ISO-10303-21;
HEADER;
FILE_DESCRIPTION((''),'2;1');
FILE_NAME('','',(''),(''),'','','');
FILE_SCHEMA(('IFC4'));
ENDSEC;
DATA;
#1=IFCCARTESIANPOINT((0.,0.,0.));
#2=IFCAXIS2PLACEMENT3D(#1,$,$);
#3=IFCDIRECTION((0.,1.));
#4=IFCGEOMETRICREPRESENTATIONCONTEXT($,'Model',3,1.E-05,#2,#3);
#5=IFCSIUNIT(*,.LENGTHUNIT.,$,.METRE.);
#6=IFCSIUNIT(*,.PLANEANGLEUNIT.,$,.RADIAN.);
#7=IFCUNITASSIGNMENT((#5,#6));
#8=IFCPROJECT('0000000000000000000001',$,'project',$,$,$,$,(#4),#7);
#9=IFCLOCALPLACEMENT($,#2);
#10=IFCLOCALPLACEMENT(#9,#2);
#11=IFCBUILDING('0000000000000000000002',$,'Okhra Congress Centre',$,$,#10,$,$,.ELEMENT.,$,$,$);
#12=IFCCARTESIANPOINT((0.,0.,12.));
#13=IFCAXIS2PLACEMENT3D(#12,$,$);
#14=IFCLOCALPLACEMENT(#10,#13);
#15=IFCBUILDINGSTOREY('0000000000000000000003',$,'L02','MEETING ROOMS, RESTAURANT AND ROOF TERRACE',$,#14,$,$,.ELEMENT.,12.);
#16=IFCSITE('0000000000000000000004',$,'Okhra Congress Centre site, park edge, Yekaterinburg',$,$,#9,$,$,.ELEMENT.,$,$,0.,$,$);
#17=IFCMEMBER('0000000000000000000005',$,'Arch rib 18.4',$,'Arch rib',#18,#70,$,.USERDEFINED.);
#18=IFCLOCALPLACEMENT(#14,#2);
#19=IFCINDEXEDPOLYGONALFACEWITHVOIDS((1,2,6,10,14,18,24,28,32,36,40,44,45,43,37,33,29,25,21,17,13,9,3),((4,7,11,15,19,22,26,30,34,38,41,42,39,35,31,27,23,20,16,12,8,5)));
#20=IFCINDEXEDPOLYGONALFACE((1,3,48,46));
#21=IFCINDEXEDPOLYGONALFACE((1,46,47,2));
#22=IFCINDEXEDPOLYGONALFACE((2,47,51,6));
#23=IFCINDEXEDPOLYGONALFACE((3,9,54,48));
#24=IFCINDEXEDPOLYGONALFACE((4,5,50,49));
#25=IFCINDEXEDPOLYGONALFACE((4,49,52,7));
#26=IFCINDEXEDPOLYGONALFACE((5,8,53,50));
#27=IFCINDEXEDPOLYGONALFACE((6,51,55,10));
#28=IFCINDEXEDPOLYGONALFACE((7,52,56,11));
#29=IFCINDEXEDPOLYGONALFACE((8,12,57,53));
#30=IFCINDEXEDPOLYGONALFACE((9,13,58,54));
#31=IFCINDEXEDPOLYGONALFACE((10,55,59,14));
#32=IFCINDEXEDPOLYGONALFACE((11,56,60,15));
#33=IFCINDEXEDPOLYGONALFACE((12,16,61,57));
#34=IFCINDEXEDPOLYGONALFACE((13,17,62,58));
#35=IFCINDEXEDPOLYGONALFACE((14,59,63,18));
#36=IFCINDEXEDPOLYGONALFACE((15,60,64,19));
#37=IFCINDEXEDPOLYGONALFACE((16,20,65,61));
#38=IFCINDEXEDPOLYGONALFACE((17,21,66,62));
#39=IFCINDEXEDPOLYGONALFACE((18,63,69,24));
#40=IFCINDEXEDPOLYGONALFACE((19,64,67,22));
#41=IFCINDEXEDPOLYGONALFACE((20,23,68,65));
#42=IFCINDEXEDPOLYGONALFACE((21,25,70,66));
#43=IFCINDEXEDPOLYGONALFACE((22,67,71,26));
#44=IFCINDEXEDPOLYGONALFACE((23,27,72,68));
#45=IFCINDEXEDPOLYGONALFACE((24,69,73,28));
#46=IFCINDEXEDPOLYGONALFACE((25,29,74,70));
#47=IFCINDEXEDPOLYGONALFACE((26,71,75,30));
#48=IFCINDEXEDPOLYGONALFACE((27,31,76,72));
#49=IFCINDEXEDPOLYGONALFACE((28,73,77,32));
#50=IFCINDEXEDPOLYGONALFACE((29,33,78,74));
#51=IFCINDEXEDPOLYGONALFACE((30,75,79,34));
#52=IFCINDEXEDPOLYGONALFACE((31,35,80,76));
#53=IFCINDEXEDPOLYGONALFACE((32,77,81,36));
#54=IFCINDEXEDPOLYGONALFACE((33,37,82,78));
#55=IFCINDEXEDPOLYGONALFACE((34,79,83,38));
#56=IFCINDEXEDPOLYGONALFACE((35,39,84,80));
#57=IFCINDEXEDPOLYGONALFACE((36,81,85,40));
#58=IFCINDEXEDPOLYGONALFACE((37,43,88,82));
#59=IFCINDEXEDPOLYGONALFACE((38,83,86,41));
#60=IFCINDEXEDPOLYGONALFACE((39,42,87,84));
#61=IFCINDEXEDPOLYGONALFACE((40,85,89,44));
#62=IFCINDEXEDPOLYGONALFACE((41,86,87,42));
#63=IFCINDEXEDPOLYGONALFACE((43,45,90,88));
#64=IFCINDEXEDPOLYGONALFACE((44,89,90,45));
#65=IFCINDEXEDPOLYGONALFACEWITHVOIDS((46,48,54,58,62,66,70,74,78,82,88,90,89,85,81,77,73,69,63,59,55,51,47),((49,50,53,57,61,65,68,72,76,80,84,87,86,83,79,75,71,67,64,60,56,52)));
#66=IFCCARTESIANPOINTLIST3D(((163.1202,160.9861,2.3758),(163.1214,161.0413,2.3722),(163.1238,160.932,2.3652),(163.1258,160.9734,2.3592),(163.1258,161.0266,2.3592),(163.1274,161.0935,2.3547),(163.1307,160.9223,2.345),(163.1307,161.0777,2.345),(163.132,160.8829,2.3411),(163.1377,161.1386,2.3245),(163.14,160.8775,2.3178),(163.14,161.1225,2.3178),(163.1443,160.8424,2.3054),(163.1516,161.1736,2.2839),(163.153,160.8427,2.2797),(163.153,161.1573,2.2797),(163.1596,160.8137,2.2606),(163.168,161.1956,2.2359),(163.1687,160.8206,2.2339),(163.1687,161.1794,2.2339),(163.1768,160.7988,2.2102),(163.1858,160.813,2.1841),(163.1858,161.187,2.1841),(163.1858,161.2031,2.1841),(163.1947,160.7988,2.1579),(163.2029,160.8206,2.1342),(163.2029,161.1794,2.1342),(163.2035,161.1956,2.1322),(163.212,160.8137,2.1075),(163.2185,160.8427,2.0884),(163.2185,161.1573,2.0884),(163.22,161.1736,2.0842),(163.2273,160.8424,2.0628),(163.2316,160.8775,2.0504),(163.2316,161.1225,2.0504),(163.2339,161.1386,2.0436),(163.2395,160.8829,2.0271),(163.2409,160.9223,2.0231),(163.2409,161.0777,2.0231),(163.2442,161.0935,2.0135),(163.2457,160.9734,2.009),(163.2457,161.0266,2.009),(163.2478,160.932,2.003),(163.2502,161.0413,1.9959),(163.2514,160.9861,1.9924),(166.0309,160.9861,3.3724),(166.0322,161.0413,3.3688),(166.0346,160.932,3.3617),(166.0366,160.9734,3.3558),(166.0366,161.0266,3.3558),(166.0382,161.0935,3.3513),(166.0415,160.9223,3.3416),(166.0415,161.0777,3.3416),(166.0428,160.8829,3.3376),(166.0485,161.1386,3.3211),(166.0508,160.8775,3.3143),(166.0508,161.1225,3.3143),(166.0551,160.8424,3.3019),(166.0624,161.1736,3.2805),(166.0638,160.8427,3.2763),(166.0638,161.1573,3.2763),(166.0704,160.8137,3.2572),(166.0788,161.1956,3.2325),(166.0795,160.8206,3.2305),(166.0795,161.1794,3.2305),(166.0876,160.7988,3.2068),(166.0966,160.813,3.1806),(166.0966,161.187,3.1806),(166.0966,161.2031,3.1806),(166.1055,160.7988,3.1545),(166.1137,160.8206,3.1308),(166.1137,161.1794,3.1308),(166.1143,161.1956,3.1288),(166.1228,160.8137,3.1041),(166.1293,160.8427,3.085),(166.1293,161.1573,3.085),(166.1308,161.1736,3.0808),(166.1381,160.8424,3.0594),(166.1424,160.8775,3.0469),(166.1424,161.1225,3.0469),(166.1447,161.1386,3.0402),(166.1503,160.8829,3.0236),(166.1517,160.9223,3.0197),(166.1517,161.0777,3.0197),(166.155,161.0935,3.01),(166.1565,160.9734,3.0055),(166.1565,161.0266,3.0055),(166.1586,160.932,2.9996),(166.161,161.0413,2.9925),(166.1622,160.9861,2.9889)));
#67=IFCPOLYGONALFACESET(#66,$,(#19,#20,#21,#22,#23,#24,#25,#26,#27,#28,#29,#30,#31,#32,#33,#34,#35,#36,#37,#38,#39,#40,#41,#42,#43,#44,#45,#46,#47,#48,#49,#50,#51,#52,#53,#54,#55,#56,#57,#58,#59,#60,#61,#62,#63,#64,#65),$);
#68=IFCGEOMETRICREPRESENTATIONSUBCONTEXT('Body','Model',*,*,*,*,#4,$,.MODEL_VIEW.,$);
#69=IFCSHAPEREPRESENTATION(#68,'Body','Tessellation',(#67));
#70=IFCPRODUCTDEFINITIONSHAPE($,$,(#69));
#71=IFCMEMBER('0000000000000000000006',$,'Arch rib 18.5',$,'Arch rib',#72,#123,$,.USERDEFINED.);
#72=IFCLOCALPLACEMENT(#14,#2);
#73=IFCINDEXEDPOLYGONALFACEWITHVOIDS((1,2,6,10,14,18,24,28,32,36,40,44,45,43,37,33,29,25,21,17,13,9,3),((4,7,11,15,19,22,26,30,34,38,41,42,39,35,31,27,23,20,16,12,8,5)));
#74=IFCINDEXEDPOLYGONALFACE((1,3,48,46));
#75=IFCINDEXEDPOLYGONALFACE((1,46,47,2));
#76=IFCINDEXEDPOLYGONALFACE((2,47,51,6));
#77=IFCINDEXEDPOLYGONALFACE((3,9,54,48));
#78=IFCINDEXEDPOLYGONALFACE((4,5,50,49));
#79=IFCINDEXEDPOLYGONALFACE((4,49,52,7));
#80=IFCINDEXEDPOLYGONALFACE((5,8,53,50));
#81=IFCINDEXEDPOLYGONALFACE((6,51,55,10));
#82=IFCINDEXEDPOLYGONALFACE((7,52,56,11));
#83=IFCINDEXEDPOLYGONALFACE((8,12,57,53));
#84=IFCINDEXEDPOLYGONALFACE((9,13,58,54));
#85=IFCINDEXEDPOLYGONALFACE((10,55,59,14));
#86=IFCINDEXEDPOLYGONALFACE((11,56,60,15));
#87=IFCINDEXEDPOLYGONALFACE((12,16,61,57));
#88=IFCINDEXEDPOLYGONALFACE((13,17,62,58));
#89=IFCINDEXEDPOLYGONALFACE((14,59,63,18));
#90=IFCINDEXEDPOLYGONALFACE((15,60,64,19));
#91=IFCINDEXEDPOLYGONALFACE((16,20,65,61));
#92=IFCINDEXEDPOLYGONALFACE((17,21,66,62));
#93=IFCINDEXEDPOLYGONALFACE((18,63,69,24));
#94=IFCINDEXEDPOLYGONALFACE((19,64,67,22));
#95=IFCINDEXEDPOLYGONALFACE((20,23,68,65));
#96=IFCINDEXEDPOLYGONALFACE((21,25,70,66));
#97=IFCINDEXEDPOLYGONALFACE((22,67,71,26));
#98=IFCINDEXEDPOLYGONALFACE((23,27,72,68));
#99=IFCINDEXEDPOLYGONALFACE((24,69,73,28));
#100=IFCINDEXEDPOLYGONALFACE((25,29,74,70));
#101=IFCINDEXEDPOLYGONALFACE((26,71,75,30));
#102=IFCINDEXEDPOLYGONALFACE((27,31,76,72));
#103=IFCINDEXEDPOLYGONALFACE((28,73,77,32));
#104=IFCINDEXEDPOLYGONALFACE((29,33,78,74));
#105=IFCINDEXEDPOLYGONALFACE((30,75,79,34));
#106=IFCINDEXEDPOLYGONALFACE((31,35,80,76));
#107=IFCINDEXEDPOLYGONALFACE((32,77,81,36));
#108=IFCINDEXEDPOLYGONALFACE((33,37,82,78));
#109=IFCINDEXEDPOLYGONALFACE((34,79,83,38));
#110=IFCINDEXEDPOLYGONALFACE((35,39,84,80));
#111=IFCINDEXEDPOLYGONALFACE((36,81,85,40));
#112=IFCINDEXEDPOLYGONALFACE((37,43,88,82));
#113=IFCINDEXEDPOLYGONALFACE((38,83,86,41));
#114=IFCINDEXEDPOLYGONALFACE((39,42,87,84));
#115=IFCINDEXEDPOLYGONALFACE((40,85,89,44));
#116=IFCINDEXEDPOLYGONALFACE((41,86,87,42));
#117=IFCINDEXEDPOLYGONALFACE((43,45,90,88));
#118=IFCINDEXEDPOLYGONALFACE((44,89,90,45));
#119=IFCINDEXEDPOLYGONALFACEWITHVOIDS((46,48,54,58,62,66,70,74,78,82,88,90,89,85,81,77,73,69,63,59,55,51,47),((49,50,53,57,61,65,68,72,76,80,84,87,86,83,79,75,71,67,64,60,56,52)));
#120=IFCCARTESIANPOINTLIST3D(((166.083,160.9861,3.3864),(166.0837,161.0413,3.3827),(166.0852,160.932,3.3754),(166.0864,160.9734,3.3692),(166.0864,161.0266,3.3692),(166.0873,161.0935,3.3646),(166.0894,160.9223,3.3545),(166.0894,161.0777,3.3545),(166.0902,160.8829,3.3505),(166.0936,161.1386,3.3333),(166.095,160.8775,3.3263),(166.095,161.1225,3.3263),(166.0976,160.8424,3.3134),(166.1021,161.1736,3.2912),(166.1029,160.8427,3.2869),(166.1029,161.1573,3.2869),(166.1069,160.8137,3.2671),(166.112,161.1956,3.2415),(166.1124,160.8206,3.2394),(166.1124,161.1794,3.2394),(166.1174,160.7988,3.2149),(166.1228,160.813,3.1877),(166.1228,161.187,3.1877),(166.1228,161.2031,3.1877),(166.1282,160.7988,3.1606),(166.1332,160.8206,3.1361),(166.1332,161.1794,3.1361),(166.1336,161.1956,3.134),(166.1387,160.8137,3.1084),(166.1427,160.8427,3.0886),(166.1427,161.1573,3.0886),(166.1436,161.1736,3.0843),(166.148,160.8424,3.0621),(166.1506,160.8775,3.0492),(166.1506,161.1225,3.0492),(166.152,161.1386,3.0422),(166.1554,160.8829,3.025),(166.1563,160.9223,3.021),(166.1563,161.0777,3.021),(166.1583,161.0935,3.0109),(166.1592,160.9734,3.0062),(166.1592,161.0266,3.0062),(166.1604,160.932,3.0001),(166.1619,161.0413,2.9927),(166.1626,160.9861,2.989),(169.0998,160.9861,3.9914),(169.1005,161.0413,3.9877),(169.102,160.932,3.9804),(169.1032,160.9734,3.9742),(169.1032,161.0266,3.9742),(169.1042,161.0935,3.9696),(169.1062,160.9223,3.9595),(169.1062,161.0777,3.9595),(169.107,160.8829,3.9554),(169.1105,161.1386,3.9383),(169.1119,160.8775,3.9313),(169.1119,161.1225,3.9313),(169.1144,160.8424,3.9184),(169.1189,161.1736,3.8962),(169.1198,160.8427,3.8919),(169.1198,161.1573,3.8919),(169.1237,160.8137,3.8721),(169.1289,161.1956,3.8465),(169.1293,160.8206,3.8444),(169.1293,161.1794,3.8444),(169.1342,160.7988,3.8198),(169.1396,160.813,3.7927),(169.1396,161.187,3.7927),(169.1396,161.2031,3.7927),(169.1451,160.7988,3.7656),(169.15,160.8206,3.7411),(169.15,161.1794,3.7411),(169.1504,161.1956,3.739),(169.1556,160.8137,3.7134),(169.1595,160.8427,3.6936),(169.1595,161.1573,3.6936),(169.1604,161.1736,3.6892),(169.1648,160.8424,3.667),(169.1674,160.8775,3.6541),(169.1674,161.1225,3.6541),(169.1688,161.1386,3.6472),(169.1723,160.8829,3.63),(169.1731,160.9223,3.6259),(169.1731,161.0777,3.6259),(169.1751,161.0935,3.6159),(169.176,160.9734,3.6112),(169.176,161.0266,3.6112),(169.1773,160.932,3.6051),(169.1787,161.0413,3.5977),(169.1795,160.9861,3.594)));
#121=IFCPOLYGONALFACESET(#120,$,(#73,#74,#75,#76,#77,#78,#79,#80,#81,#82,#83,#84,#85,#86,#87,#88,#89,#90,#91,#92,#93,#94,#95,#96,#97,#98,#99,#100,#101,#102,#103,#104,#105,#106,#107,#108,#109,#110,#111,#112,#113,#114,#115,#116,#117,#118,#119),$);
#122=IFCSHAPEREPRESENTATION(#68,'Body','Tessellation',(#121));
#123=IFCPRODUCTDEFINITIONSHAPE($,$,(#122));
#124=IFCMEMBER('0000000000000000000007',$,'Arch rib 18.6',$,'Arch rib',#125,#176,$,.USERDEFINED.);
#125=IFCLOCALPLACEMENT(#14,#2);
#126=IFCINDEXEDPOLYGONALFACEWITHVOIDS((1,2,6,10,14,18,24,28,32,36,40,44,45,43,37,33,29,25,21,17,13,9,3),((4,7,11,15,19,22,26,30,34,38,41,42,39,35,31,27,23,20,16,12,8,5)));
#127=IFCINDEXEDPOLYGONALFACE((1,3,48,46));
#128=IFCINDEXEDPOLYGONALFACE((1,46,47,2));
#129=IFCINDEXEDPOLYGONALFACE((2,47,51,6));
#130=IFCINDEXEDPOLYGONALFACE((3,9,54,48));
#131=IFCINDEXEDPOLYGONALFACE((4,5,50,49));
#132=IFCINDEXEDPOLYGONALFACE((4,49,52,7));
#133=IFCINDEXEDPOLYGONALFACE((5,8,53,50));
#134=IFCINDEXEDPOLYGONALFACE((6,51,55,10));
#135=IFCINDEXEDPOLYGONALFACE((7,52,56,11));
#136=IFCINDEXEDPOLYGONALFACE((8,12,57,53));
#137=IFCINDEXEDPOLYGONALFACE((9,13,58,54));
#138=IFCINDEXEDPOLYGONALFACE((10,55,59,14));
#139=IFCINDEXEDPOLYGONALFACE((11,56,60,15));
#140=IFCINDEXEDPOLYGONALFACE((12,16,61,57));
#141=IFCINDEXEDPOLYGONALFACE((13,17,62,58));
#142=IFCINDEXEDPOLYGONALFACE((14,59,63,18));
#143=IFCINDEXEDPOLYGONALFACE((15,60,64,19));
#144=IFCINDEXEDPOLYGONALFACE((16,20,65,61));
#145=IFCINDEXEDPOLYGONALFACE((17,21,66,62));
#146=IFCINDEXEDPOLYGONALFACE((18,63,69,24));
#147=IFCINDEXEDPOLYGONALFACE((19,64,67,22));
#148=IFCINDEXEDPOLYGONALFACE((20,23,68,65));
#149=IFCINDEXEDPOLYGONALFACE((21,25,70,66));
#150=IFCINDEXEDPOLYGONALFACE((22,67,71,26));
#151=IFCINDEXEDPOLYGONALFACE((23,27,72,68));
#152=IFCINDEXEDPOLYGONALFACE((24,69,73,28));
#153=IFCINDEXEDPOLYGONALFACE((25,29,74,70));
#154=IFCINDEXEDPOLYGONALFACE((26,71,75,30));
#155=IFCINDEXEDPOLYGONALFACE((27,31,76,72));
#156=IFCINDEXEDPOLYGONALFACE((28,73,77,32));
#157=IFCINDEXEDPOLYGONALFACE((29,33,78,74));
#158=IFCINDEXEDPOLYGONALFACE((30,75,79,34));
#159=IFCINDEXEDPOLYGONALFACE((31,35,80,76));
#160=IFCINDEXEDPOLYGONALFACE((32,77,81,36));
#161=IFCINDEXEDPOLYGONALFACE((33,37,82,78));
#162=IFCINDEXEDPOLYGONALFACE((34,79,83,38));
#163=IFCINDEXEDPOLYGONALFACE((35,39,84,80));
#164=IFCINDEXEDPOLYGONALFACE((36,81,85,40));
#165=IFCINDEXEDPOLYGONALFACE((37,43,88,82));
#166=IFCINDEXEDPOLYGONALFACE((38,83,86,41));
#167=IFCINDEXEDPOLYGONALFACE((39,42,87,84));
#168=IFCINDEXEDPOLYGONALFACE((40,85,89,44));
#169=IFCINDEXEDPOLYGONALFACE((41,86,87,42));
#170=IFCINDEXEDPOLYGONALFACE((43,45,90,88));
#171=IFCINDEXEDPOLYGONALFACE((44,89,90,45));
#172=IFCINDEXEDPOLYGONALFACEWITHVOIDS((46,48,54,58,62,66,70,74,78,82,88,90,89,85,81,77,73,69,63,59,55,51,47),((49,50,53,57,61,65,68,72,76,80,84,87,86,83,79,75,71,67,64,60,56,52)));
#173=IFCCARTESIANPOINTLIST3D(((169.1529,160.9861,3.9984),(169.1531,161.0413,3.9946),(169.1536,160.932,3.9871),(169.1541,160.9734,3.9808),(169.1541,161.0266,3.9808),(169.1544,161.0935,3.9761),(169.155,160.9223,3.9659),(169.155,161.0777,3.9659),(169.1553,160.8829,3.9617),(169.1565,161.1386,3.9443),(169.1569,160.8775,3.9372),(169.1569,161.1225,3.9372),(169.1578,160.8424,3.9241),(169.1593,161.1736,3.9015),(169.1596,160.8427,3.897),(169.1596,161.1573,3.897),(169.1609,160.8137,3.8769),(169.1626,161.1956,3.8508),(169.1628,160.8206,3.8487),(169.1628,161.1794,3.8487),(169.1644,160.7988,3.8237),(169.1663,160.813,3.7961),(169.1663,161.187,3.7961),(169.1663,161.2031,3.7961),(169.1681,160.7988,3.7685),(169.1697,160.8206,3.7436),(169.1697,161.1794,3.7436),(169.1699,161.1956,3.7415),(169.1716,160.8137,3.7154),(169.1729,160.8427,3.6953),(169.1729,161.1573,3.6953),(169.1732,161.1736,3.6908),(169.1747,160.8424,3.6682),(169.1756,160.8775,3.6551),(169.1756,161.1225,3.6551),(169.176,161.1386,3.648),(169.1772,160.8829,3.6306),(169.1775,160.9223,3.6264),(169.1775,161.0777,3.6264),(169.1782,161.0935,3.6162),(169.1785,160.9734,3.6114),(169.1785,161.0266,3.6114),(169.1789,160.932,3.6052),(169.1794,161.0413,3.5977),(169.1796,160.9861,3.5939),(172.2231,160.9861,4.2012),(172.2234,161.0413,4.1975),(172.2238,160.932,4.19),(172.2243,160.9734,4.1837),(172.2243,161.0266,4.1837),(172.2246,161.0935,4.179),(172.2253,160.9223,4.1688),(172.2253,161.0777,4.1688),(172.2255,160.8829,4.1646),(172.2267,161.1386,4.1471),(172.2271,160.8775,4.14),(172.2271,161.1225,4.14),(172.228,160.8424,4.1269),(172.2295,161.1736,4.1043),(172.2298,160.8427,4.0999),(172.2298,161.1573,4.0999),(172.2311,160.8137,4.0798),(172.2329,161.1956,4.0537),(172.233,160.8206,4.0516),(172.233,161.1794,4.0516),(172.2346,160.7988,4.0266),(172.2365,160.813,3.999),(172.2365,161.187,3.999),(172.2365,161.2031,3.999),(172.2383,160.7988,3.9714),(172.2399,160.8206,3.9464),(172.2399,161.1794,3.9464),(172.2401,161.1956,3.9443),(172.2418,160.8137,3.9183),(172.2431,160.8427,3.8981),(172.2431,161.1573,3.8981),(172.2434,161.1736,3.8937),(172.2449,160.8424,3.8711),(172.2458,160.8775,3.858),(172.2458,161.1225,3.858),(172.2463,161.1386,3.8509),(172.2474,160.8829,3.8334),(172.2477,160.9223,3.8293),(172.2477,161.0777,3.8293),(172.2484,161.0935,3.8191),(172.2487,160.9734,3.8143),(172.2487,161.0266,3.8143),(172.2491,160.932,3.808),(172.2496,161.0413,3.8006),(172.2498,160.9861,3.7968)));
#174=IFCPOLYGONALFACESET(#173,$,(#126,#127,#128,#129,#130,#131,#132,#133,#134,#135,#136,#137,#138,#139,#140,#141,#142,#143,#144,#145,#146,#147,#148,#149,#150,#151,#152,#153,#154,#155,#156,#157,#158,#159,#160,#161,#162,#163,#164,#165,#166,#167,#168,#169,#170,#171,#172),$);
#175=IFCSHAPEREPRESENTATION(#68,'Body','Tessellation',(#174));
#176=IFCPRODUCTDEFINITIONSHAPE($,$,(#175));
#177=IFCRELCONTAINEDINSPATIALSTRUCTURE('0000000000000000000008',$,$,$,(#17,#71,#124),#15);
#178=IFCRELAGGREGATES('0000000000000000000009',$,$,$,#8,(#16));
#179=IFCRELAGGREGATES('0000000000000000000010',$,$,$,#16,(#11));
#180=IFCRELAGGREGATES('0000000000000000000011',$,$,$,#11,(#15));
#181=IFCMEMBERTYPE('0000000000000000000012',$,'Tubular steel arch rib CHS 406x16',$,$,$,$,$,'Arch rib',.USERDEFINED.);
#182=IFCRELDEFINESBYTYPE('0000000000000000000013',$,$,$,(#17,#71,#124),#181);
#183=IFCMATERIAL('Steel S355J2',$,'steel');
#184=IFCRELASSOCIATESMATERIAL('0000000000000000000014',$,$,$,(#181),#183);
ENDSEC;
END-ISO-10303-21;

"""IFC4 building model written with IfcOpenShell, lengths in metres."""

from ifc_helpers import new_model, si_unit, direction, frame, origin, origin_2d, place, context, subcontext, project, spatial, hollow_circle, extrude, material, material_profile, profile_set, type_object, element, save


model = new_model("IFC4")

# Units and contexts
model_context = context("Model", 3, precision=1e-05, world=origin(), true_north=direction((0.0, 1.0)))
body_context = subcontext(model_context, "Body", "Model", "MODEL_VIEW")
ifc_project = project(units=[si_unit("LENGTHUNIT", "METRE"), si_unit("PLANEANGLEUNIT", "RADIAN")], contexts=[model_context])

# Site, building, storey
site_placement = place(None, origin())
site = spatial("IfcSite", under=ifc_project, at=site_placement, Name="Okhra Congress Centre site, park edge, Yekaterinburg", CompositionType="ELEMENT", RefElevation=0.0)
building_placement = place(site_placement, origin())
building = spatial("IfcBuilding", under=site, at=building_placement, Name="Okhra Congress Centre", CompositionType="ELEMENT")
storey_placement = place(building_placement, frame((0.0, 0.0, 12.0)))
storey = spatial("IfcBuildingStorey", under=building, at=storey_placement, Name="L02", Description="MEETING ROOMS, RESTAURANT AND ROOF TERRACE", CompositionType="ELEMENT", Elevation=12.0)

# Members
ifc_material_1 = material(Name="Steel S355J2", Category="steel")
ifc_material_profile_1 = material_profile(ifc_material_1, hollow_circle(Radius=0.2031, WallThickness=0.0161, at=origin_2d()), Name="CHS 406.4x16")
ifc_profile_set_1 = profile_set([ifc_material_profile_1], Name="Steel S355J2")
member_type_1 = type_object("IfcMemberType", Name="Tubular steel arch rib CHS 406x16", ElementType="Arch rib", PredefinedType="USERDEFINED", material=ifc_profile_set_1)
member_1_placement = place(storey_placement, frame((163.1858, 161.0, 2.1841), z_axis=(0.946089, 0.0, 0.323906), x_axis=(0.0, 1.0, 0.0)))
element("IfcMember", 1, at=member_1_placement, inside=storey, type_object=member_type_1, Name="Arch rib 18.4", ObjectType="Arch rib", PredefinedType="USERDEFINED", context=body_context, shape_type="SweptSolid", body=[
    extrude(hollow_circle(Radius=0.2031, WallThickness=0.0161, at=origin_2d()), origin(), (0.0, 0.0, 1.0), 3.0767),
])
for number, where, z_axis, x_axis, name in (
    (2, (166.1228, 161.0, 3.1877), (0.98048, 0.0, 0.19662), (0.0, 1.0, 0.0), "Arch rib 18.5"),
    (3, (169.1663, 161.0, 3.7961), (0.997824, 0.0, 0.065934), (0.0, 1.0, 0.0), "Arch rib 18.6"),
):
    element("IfcMember", number, at=place(storey_placement, frame(where, z_axis=z_axis, x_axis=x_axis)), inside=storey, type_object=member_type_1, Name=name, ObjectType="Arch rib", PredefinedType="USERDEFINED", context=body_context, shape_type="SweptSolid", body=[
        extrude(hollow_circle(Radius=0.2031, WallThickness=0.0161, at=origin_2d()), origin(), (0.0, 0.0, 1.0), 3.0769),
    ])

save(model, "model.ifc")
